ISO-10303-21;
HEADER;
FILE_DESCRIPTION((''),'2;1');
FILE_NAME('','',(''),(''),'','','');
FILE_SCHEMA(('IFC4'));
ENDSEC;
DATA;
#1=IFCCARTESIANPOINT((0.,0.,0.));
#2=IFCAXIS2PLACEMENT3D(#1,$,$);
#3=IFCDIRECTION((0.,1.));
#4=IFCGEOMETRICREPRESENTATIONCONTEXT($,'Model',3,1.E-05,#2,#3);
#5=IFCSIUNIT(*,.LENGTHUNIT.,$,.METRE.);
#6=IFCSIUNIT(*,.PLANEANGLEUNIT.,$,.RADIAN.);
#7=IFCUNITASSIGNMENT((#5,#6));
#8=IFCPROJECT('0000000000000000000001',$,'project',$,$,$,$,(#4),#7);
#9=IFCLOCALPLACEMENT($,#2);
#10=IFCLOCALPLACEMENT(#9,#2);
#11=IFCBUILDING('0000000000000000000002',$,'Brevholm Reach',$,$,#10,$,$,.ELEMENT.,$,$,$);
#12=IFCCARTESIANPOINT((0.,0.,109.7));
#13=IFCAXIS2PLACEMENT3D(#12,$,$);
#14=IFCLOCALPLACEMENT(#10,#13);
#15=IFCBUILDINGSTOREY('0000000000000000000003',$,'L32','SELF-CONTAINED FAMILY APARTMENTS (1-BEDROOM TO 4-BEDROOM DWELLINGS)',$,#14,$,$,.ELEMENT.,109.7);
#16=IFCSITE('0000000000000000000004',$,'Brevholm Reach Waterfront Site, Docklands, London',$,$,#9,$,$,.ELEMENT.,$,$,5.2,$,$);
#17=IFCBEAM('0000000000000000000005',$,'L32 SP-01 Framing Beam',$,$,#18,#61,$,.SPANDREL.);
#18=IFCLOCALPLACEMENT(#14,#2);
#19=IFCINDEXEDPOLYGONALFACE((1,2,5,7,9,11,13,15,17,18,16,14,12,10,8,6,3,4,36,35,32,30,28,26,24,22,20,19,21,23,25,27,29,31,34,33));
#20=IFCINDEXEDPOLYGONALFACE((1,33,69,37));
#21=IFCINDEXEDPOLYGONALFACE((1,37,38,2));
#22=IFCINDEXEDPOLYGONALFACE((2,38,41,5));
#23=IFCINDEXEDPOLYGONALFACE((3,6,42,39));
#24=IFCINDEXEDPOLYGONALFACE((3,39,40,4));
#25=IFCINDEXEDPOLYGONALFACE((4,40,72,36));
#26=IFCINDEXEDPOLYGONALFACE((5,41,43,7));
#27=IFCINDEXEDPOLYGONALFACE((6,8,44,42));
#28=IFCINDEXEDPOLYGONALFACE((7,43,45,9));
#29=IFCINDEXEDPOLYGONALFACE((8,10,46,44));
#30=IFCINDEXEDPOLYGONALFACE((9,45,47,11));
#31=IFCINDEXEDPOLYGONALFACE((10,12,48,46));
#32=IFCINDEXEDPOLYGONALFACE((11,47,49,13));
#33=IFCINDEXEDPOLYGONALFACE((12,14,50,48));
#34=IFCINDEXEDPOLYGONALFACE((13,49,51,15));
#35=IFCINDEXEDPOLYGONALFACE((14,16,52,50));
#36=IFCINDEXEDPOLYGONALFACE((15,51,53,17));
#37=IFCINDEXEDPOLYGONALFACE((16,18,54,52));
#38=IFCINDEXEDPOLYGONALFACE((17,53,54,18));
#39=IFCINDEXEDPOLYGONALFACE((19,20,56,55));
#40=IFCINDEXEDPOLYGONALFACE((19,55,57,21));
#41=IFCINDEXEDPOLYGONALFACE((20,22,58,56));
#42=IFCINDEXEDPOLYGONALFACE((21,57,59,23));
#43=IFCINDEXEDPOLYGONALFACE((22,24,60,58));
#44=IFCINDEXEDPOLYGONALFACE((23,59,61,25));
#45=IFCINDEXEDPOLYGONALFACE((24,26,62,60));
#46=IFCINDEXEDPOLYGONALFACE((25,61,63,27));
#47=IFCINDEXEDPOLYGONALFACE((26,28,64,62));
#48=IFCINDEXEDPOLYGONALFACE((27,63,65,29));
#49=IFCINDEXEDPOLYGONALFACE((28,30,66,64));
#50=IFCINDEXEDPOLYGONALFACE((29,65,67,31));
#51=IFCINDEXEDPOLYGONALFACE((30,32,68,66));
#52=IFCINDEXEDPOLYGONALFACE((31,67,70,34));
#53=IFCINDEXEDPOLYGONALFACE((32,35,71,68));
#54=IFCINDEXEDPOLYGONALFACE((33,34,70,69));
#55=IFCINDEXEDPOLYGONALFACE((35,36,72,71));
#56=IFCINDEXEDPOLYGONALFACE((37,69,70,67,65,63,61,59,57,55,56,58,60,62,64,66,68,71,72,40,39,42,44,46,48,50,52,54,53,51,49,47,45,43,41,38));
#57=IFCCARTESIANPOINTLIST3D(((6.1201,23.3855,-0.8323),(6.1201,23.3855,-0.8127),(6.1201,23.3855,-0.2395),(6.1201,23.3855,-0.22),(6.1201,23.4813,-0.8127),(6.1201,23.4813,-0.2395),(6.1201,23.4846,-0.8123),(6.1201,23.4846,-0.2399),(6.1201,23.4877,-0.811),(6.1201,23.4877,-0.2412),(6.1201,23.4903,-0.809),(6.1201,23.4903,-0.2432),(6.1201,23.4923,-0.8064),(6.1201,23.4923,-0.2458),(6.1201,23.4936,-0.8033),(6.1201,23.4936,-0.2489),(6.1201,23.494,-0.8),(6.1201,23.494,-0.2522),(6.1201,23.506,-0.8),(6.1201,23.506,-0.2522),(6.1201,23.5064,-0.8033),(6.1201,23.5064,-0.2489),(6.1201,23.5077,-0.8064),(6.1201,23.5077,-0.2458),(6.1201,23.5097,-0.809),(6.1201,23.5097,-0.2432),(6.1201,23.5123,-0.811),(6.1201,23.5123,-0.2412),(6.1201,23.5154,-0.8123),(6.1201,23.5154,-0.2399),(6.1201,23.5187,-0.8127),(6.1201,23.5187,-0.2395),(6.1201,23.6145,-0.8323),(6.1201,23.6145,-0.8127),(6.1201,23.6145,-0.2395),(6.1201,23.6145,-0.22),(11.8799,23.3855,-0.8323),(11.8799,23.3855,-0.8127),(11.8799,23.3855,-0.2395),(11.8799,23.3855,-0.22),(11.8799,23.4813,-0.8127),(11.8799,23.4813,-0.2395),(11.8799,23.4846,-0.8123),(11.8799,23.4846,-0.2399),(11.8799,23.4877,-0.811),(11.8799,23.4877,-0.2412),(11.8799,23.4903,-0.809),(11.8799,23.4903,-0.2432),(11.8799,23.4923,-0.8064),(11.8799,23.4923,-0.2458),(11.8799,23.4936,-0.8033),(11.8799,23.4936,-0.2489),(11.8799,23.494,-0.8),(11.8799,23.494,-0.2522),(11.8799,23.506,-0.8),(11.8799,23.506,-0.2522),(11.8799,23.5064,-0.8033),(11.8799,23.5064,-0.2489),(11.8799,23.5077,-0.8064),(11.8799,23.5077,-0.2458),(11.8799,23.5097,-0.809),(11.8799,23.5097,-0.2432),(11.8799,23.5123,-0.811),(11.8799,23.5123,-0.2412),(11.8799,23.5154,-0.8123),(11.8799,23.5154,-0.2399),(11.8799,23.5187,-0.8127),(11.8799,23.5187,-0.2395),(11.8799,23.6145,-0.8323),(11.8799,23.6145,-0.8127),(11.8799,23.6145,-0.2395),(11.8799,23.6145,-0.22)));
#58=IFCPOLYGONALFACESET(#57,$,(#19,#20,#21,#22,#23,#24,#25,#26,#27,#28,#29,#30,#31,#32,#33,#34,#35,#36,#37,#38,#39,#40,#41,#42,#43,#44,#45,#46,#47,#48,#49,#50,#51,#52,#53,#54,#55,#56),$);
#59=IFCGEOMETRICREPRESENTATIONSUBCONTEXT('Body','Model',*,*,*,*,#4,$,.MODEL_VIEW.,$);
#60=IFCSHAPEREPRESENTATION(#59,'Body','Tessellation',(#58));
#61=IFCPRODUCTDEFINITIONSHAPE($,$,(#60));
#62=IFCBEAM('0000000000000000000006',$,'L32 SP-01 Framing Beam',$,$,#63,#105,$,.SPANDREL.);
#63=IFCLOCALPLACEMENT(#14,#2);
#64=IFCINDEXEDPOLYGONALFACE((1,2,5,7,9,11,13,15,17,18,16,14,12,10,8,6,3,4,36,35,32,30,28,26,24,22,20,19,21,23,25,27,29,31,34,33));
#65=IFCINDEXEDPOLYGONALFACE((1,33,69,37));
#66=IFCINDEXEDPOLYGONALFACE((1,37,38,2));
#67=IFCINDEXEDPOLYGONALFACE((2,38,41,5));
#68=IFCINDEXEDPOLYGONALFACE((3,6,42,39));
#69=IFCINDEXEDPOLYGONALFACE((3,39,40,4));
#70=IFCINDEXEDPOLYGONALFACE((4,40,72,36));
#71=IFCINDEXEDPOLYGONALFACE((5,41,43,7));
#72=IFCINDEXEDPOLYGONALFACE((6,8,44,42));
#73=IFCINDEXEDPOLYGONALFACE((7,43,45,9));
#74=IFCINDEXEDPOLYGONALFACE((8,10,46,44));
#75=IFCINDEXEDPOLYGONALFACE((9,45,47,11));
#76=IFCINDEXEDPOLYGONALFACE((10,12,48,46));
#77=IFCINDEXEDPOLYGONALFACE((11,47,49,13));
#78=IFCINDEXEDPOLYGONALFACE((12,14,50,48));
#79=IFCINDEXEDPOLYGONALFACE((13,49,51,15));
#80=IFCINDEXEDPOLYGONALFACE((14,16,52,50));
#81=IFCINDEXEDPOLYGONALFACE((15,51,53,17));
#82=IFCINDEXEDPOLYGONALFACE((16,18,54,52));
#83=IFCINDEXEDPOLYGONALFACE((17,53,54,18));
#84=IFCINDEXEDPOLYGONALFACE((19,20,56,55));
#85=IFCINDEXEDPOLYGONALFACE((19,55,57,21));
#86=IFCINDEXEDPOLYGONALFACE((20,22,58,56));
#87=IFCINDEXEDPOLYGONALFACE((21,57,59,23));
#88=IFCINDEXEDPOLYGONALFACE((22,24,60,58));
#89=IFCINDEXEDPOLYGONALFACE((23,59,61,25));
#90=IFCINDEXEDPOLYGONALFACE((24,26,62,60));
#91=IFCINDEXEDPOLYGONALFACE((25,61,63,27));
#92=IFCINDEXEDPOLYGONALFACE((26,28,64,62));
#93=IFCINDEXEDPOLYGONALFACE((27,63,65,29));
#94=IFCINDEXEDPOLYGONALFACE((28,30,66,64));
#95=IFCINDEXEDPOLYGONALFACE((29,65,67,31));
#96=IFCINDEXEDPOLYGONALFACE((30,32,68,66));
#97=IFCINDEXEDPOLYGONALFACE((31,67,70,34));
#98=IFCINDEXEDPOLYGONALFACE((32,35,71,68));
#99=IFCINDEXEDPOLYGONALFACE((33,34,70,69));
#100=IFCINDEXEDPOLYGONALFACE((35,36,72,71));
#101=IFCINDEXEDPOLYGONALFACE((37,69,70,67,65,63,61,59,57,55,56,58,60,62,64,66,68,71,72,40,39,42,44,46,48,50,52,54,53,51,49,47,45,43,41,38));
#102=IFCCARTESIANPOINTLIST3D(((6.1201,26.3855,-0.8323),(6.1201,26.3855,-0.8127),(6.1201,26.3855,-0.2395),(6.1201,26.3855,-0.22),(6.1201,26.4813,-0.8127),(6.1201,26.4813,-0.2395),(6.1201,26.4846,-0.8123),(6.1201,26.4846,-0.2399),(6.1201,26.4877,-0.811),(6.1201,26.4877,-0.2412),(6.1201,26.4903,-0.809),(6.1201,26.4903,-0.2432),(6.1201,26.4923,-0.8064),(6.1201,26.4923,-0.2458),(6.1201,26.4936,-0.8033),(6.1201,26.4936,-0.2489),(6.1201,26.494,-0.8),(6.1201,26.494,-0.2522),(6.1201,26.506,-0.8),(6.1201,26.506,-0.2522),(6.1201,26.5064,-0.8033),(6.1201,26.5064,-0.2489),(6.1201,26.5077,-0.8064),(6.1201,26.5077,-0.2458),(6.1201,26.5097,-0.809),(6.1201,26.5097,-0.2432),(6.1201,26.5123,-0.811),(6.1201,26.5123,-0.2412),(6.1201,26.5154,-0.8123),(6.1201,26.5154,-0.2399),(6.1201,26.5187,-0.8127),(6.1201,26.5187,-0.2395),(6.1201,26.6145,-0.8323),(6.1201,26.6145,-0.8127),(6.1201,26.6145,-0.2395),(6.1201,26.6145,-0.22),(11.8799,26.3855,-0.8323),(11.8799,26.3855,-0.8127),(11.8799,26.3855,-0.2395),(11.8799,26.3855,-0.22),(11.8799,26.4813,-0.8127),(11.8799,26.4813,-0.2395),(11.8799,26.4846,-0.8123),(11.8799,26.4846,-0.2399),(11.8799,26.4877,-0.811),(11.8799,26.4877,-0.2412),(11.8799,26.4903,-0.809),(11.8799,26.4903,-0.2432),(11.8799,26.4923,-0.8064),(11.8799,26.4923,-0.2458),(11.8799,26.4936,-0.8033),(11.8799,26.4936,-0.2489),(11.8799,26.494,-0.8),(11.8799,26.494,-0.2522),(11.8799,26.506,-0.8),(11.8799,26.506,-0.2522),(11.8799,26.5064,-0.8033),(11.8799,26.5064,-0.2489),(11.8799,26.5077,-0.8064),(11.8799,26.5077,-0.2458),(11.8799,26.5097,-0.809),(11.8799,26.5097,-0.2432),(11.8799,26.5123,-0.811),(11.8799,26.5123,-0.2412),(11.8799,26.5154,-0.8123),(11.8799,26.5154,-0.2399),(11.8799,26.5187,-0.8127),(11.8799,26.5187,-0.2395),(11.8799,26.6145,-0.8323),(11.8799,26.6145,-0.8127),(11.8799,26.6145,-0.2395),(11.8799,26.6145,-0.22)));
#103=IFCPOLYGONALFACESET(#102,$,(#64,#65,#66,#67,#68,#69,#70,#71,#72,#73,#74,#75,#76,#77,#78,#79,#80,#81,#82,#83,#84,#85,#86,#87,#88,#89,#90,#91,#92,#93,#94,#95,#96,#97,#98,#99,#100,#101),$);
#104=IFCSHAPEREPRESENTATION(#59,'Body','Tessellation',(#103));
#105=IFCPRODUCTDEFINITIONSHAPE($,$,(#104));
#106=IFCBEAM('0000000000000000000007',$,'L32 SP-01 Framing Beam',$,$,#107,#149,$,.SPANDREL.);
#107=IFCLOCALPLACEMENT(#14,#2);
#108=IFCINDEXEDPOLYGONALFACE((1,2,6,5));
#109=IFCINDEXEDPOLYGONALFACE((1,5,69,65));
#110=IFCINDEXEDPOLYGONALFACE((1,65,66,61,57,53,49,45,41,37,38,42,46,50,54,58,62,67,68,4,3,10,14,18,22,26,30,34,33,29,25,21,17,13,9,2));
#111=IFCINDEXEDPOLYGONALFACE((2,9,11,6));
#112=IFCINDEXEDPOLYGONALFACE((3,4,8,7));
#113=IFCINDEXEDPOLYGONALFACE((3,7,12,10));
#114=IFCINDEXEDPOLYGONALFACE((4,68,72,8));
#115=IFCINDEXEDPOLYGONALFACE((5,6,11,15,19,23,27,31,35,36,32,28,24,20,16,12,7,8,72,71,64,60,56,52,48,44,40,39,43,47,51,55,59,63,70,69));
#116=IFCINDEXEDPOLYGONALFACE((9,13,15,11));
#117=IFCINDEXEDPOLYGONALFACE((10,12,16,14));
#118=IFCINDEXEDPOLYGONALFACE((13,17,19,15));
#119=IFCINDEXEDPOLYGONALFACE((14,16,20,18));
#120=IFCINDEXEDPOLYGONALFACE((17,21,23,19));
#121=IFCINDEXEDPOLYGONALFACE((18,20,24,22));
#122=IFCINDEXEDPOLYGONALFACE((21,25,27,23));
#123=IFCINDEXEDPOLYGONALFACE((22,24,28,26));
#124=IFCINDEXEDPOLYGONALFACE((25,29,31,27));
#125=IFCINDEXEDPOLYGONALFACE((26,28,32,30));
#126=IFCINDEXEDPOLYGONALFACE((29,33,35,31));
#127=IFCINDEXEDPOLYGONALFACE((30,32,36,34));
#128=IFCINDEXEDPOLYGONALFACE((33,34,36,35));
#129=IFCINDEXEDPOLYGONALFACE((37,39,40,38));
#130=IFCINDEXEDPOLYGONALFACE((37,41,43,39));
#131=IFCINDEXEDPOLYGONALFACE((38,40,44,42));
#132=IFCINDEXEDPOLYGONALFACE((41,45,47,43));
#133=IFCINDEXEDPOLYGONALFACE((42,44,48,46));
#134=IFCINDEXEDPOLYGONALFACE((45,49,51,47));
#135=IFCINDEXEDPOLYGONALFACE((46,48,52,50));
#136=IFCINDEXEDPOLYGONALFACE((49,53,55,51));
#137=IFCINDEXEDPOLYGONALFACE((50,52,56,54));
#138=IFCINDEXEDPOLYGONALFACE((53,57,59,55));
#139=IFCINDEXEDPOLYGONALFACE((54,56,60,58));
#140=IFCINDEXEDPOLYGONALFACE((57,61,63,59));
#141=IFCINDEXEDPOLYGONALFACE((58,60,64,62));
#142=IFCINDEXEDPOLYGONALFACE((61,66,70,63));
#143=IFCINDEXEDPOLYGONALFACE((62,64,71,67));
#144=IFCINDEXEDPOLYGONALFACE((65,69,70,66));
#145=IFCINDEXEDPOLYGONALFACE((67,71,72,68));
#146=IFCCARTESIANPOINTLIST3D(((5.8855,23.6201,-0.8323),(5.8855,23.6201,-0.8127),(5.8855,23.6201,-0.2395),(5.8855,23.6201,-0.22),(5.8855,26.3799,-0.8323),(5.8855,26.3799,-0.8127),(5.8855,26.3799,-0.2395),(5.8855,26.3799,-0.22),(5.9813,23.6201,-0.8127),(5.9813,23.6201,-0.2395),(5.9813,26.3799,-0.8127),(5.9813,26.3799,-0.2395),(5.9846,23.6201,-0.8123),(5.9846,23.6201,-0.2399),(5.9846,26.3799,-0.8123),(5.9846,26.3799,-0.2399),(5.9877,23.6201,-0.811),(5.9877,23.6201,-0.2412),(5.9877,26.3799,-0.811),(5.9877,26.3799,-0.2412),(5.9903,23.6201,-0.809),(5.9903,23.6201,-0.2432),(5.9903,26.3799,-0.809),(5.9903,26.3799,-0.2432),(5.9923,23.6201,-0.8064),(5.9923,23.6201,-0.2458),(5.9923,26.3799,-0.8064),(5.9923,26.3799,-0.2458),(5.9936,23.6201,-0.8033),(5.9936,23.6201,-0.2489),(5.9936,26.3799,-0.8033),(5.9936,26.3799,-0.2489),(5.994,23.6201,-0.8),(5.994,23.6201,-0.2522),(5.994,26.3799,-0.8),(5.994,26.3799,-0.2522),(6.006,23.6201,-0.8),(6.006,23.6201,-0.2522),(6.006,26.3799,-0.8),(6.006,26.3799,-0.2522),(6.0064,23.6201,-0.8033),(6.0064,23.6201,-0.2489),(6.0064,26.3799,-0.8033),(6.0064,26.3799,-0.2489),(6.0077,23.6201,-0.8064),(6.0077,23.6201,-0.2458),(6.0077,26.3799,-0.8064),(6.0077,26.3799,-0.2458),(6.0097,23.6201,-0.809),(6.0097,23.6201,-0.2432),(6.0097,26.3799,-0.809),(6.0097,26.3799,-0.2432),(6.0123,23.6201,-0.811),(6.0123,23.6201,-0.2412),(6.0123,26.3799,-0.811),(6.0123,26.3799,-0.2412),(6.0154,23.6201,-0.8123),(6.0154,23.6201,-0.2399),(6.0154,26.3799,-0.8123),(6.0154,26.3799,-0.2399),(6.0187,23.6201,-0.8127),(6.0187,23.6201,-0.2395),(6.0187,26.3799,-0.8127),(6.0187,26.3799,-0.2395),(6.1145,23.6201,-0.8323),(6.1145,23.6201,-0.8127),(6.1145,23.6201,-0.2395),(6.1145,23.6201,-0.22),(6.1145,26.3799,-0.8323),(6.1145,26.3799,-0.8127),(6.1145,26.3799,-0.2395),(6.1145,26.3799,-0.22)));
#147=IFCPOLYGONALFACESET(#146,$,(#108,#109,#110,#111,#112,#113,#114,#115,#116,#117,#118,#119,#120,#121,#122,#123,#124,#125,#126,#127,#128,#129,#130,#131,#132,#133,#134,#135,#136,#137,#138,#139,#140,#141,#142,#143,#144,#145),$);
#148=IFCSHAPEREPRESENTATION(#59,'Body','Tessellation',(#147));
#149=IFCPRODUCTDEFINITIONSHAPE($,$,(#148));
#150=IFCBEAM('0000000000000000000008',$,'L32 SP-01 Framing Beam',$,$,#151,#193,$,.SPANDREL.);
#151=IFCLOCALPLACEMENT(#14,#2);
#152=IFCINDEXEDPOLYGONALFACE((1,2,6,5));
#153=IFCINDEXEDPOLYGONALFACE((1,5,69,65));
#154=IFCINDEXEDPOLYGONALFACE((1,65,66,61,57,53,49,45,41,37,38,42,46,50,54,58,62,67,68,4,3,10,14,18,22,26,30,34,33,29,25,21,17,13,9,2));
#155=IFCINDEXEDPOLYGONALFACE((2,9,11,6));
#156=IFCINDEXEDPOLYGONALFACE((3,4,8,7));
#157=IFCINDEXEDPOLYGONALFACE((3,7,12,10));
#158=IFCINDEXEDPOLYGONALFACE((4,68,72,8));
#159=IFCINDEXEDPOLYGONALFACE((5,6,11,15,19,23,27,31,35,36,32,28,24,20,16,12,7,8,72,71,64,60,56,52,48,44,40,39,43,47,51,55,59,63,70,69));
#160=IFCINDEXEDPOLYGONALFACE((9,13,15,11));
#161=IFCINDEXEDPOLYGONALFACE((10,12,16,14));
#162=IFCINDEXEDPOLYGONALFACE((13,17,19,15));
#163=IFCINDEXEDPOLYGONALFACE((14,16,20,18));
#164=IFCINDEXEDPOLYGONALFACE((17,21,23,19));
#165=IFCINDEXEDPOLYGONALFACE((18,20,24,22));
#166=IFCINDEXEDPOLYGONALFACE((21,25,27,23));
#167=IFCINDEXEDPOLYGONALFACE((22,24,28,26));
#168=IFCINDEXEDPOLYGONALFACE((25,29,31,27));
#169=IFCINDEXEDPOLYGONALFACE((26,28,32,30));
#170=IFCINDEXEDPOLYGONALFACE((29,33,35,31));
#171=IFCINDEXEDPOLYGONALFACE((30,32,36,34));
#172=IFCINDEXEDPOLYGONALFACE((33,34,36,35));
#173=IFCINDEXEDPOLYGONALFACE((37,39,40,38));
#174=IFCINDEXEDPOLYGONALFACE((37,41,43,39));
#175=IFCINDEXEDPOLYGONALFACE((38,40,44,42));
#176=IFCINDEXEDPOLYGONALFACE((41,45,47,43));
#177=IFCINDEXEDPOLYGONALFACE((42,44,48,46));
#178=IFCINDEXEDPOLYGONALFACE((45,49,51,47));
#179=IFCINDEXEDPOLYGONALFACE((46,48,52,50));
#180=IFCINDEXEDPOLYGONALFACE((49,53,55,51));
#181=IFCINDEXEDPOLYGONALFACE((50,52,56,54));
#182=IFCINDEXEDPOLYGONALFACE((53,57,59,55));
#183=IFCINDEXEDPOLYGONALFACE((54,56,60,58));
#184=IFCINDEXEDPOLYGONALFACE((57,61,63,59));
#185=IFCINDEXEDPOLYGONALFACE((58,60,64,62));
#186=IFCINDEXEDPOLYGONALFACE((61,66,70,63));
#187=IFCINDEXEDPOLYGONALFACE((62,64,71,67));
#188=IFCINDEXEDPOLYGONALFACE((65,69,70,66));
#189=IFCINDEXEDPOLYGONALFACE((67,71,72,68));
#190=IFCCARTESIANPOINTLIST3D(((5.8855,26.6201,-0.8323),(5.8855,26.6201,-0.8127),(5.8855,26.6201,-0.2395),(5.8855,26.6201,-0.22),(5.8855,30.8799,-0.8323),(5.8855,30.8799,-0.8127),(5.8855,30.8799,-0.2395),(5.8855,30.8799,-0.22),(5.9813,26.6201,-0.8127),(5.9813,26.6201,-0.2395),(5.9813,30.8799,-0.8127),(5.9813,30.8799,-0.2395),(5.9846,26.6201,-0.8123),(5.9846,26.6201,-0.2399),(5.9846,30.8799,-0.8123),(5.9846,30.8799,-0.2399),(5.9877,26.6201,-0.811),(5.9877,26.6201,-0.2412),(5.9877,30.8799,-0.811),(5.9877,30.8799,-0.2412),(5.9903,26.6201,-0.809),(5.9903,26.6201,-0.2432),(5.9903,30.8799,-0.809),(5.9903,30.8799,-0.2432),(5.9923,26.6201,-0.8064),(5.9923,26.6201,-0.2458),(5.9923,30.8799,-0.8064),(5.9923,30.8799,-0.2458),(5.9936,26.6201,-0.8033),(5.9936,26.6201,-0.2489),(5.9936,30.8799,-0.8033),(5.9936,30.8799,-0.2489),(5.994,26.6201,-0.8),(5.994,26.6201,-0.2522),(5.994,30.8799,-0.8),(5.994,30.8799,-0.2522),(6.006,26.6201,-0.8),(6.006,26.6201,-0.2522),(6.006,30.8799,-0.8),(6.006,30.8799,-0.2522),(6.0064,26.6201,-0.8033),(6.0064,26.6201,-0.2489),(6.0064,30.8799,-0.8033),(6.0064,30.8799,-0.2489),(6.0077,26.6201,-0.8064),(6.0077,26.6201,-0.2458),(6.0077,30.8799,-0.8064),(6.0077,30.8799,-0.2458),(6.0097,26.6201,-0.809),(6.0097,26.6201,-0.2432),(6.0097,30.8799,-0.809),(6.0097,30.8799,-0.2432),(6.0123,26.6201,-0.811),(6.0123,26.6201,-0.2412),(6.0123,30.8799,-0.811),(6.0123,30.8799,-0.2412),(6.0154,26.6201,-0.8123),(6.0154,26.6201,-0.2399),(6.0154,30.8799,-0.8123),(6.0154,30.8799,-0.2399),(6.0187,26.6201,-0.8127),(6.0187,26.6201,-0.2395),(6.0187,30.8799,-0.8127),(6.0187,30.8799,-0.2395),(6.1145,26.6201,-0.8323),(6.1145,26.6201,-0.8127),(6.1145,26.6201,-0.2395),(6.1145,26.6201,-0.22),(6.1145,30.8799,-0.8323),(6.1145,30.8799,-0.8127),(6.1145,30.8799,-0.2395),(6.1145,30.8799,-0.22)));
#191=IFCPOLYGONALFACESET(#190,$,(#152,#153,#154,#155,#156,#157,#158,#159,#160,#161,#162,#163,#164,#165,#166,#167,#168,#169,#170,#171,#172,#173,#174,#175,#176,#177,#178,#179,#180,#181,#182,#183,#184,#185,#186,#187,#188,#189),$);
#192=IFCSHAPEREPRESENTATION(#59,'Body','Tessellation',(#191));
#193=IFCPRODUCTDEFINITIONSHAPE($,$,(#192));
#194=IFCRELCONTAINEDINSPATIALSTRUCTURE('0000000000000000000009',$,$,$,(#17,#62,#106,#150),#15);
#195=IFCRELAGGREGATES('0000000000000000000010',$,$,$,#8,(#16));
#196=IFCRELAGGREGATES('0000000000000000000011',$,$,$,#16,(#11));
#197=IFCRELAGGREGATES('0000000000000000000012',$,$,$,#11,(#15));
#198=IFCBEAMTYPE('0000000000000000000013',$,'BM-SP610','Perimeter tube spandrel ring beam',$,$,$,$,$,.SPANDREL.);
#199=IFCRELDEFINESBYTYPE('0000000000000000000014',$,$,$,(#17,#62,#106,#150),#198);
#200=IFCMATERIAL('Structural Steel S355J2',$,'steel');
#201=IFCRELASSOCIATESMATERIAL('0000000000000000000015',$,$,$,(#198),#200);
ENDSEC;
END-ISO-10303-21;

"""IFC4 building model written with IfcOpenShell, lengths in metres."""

from ifc_helpers import new_model, si_unit, direction, frame, origin, origin_2d, place, context, subcontext, project, spatial, i_section, extrude, material, material_profile, profile_set, type_object, element, save


model = new_model("IFC4")

# Units and contexts
model_context = context("Model", 3, precision=1e-05, world=origin(), true_north=direction((0.0, 1.0)))
body_context = subcontext(model_context, "Body", "Model", "MODEL_VIEW")
ifc_project = project(units=[si_unit("LENGTHUNIT", "METRE"), si_unit("PLANEANGLEUNIT", "RADIAN")], contexts=[model_context])

# Site, building, storey
site_placement = place(None, origin())
site = spatial("IfcSite", under=ifc_project, at=site_placement, Name="Brevholm Reach Waterfront Site, Docklands, London", CompositionType="ELEMENT", RefElevation=5.2)
building_placement = place(site_placement, origin())
building = spatial("IfcBuilding", under=site, at=building_placement, Name="Brevholm Reach", CompositionType="ELEMENT")
storey_placement = place(building_placement, frame((0.0, 0.0, 109.7)))
storey = spatial("IfcBuildingStorey", under=building, at=storey_placement, Name="L32", Description="SELF-CONTAINED FAMILY APARTMENTS (1-BEDROOM TO 4-BEDROOM DWELLINGS)", CompositionType="ELEMENT", Elevation=109.7)

# Beams
ifc_material_1 = material(Name="Structural Steel S355J2", Category="steel")
ifc_material_profile_1 = material_profile(ifc_material_1, i_section(OverallWidth=0.229, OverallDepth=0.6123, WebThickness=0.012, FlangeThickness=0.0195, FilletRadius=0.0127, at=origin_2d()), Name="UKB 610x229x125")
ifc_profile_set_1 = profile_set([ifc_material_profile_1], Name="Structural Steel S355J2")
beam_type_1 = type_object("IfcBeamType", Name="BM-SP610", Description="Perimeter tube spandrel ring beam", PredefinedType="SPANDREL", material=ifc_profile_set_1)
for number, where, z_axis, x_axis, name in (
    (1, (6.1201, 23.5, -0.5261), (1.0, 0.0, 0.0), (0.0, 1.0, 0.0), "L32 SP-01 Framing Beam"),
    (2, (6.1201, 26.5, -0.5261), (1.0, 0.0, 0.0), (0.0, 1.0, 0.0), "L32 SP-01 Framing Beam"),
):
    element("IfcBeam", number, at=place(storey_placement, frame(where, z_axis=z_axis, x_axis=x_axis)), inside=storey, type_object=beam_type_1, Name=name, PredefinedType="SPANDREL", context=body_context, shape_type="SweptSolid", body=[
        extrude(i_section(OverallWidth=0.229, OverallDepth=0.6123, WebThickness=0.012, FlangeThickness=0.0195, FilletRadius=0.0127, at=origin_2d()), origin(), (0.0, 0.0, 1.0), 5.7598),
    ])
beam_1_placement = place(storey_placement, frame((6.0, 23.6201, -0.5261), z_axis=(0.0, 1.0, 0.0), x_axis=(-1.0, 0.0, 0.0)))
element("IfcBeam", 3, at=beam_1_placement, inside=storey, type_object=beam_type_1, Name="L32 SP-01 Framing Beam", PredefinedType="SPANDREL", context=body_context, shape_type="SweptSolid", body=[
    extrude(i_section(OverallWidth=0.229, OverallDepth=0.6123, WebThickness=0.012, FlangeThickness=0.0195, FilletRadius=0.0127, at=origin_2d()), origin(), (0.0, 0.0, 1.0), 2.7598),
])
beam_2_placement = place(storey_placement, frame((6.0, 26.6201, -0.5261), z_axis=(0.0, 1.0, 0.0), x_axis=(-1.0, 0.0, 0.0)))
element("IfcBeam", 4, at=beam_2_placement, inside=storey, type_object=beam_type_1, Name="L32 SP-01 Framing Beam", PredefinedType="SPANDREL", context=body_context, shape_type="SweptSolid", body=[
    extrude(i_section(OverallWidth=0.229, OverallDepth=0.6123, WebThickness=0.012, FlangeThickness=0.0195, FilletRadius=0.0127, at=origin_2d()), origin(), (0.0, 0.0, 1.0), 4.2598),
])

save(model, "model.ifc")
